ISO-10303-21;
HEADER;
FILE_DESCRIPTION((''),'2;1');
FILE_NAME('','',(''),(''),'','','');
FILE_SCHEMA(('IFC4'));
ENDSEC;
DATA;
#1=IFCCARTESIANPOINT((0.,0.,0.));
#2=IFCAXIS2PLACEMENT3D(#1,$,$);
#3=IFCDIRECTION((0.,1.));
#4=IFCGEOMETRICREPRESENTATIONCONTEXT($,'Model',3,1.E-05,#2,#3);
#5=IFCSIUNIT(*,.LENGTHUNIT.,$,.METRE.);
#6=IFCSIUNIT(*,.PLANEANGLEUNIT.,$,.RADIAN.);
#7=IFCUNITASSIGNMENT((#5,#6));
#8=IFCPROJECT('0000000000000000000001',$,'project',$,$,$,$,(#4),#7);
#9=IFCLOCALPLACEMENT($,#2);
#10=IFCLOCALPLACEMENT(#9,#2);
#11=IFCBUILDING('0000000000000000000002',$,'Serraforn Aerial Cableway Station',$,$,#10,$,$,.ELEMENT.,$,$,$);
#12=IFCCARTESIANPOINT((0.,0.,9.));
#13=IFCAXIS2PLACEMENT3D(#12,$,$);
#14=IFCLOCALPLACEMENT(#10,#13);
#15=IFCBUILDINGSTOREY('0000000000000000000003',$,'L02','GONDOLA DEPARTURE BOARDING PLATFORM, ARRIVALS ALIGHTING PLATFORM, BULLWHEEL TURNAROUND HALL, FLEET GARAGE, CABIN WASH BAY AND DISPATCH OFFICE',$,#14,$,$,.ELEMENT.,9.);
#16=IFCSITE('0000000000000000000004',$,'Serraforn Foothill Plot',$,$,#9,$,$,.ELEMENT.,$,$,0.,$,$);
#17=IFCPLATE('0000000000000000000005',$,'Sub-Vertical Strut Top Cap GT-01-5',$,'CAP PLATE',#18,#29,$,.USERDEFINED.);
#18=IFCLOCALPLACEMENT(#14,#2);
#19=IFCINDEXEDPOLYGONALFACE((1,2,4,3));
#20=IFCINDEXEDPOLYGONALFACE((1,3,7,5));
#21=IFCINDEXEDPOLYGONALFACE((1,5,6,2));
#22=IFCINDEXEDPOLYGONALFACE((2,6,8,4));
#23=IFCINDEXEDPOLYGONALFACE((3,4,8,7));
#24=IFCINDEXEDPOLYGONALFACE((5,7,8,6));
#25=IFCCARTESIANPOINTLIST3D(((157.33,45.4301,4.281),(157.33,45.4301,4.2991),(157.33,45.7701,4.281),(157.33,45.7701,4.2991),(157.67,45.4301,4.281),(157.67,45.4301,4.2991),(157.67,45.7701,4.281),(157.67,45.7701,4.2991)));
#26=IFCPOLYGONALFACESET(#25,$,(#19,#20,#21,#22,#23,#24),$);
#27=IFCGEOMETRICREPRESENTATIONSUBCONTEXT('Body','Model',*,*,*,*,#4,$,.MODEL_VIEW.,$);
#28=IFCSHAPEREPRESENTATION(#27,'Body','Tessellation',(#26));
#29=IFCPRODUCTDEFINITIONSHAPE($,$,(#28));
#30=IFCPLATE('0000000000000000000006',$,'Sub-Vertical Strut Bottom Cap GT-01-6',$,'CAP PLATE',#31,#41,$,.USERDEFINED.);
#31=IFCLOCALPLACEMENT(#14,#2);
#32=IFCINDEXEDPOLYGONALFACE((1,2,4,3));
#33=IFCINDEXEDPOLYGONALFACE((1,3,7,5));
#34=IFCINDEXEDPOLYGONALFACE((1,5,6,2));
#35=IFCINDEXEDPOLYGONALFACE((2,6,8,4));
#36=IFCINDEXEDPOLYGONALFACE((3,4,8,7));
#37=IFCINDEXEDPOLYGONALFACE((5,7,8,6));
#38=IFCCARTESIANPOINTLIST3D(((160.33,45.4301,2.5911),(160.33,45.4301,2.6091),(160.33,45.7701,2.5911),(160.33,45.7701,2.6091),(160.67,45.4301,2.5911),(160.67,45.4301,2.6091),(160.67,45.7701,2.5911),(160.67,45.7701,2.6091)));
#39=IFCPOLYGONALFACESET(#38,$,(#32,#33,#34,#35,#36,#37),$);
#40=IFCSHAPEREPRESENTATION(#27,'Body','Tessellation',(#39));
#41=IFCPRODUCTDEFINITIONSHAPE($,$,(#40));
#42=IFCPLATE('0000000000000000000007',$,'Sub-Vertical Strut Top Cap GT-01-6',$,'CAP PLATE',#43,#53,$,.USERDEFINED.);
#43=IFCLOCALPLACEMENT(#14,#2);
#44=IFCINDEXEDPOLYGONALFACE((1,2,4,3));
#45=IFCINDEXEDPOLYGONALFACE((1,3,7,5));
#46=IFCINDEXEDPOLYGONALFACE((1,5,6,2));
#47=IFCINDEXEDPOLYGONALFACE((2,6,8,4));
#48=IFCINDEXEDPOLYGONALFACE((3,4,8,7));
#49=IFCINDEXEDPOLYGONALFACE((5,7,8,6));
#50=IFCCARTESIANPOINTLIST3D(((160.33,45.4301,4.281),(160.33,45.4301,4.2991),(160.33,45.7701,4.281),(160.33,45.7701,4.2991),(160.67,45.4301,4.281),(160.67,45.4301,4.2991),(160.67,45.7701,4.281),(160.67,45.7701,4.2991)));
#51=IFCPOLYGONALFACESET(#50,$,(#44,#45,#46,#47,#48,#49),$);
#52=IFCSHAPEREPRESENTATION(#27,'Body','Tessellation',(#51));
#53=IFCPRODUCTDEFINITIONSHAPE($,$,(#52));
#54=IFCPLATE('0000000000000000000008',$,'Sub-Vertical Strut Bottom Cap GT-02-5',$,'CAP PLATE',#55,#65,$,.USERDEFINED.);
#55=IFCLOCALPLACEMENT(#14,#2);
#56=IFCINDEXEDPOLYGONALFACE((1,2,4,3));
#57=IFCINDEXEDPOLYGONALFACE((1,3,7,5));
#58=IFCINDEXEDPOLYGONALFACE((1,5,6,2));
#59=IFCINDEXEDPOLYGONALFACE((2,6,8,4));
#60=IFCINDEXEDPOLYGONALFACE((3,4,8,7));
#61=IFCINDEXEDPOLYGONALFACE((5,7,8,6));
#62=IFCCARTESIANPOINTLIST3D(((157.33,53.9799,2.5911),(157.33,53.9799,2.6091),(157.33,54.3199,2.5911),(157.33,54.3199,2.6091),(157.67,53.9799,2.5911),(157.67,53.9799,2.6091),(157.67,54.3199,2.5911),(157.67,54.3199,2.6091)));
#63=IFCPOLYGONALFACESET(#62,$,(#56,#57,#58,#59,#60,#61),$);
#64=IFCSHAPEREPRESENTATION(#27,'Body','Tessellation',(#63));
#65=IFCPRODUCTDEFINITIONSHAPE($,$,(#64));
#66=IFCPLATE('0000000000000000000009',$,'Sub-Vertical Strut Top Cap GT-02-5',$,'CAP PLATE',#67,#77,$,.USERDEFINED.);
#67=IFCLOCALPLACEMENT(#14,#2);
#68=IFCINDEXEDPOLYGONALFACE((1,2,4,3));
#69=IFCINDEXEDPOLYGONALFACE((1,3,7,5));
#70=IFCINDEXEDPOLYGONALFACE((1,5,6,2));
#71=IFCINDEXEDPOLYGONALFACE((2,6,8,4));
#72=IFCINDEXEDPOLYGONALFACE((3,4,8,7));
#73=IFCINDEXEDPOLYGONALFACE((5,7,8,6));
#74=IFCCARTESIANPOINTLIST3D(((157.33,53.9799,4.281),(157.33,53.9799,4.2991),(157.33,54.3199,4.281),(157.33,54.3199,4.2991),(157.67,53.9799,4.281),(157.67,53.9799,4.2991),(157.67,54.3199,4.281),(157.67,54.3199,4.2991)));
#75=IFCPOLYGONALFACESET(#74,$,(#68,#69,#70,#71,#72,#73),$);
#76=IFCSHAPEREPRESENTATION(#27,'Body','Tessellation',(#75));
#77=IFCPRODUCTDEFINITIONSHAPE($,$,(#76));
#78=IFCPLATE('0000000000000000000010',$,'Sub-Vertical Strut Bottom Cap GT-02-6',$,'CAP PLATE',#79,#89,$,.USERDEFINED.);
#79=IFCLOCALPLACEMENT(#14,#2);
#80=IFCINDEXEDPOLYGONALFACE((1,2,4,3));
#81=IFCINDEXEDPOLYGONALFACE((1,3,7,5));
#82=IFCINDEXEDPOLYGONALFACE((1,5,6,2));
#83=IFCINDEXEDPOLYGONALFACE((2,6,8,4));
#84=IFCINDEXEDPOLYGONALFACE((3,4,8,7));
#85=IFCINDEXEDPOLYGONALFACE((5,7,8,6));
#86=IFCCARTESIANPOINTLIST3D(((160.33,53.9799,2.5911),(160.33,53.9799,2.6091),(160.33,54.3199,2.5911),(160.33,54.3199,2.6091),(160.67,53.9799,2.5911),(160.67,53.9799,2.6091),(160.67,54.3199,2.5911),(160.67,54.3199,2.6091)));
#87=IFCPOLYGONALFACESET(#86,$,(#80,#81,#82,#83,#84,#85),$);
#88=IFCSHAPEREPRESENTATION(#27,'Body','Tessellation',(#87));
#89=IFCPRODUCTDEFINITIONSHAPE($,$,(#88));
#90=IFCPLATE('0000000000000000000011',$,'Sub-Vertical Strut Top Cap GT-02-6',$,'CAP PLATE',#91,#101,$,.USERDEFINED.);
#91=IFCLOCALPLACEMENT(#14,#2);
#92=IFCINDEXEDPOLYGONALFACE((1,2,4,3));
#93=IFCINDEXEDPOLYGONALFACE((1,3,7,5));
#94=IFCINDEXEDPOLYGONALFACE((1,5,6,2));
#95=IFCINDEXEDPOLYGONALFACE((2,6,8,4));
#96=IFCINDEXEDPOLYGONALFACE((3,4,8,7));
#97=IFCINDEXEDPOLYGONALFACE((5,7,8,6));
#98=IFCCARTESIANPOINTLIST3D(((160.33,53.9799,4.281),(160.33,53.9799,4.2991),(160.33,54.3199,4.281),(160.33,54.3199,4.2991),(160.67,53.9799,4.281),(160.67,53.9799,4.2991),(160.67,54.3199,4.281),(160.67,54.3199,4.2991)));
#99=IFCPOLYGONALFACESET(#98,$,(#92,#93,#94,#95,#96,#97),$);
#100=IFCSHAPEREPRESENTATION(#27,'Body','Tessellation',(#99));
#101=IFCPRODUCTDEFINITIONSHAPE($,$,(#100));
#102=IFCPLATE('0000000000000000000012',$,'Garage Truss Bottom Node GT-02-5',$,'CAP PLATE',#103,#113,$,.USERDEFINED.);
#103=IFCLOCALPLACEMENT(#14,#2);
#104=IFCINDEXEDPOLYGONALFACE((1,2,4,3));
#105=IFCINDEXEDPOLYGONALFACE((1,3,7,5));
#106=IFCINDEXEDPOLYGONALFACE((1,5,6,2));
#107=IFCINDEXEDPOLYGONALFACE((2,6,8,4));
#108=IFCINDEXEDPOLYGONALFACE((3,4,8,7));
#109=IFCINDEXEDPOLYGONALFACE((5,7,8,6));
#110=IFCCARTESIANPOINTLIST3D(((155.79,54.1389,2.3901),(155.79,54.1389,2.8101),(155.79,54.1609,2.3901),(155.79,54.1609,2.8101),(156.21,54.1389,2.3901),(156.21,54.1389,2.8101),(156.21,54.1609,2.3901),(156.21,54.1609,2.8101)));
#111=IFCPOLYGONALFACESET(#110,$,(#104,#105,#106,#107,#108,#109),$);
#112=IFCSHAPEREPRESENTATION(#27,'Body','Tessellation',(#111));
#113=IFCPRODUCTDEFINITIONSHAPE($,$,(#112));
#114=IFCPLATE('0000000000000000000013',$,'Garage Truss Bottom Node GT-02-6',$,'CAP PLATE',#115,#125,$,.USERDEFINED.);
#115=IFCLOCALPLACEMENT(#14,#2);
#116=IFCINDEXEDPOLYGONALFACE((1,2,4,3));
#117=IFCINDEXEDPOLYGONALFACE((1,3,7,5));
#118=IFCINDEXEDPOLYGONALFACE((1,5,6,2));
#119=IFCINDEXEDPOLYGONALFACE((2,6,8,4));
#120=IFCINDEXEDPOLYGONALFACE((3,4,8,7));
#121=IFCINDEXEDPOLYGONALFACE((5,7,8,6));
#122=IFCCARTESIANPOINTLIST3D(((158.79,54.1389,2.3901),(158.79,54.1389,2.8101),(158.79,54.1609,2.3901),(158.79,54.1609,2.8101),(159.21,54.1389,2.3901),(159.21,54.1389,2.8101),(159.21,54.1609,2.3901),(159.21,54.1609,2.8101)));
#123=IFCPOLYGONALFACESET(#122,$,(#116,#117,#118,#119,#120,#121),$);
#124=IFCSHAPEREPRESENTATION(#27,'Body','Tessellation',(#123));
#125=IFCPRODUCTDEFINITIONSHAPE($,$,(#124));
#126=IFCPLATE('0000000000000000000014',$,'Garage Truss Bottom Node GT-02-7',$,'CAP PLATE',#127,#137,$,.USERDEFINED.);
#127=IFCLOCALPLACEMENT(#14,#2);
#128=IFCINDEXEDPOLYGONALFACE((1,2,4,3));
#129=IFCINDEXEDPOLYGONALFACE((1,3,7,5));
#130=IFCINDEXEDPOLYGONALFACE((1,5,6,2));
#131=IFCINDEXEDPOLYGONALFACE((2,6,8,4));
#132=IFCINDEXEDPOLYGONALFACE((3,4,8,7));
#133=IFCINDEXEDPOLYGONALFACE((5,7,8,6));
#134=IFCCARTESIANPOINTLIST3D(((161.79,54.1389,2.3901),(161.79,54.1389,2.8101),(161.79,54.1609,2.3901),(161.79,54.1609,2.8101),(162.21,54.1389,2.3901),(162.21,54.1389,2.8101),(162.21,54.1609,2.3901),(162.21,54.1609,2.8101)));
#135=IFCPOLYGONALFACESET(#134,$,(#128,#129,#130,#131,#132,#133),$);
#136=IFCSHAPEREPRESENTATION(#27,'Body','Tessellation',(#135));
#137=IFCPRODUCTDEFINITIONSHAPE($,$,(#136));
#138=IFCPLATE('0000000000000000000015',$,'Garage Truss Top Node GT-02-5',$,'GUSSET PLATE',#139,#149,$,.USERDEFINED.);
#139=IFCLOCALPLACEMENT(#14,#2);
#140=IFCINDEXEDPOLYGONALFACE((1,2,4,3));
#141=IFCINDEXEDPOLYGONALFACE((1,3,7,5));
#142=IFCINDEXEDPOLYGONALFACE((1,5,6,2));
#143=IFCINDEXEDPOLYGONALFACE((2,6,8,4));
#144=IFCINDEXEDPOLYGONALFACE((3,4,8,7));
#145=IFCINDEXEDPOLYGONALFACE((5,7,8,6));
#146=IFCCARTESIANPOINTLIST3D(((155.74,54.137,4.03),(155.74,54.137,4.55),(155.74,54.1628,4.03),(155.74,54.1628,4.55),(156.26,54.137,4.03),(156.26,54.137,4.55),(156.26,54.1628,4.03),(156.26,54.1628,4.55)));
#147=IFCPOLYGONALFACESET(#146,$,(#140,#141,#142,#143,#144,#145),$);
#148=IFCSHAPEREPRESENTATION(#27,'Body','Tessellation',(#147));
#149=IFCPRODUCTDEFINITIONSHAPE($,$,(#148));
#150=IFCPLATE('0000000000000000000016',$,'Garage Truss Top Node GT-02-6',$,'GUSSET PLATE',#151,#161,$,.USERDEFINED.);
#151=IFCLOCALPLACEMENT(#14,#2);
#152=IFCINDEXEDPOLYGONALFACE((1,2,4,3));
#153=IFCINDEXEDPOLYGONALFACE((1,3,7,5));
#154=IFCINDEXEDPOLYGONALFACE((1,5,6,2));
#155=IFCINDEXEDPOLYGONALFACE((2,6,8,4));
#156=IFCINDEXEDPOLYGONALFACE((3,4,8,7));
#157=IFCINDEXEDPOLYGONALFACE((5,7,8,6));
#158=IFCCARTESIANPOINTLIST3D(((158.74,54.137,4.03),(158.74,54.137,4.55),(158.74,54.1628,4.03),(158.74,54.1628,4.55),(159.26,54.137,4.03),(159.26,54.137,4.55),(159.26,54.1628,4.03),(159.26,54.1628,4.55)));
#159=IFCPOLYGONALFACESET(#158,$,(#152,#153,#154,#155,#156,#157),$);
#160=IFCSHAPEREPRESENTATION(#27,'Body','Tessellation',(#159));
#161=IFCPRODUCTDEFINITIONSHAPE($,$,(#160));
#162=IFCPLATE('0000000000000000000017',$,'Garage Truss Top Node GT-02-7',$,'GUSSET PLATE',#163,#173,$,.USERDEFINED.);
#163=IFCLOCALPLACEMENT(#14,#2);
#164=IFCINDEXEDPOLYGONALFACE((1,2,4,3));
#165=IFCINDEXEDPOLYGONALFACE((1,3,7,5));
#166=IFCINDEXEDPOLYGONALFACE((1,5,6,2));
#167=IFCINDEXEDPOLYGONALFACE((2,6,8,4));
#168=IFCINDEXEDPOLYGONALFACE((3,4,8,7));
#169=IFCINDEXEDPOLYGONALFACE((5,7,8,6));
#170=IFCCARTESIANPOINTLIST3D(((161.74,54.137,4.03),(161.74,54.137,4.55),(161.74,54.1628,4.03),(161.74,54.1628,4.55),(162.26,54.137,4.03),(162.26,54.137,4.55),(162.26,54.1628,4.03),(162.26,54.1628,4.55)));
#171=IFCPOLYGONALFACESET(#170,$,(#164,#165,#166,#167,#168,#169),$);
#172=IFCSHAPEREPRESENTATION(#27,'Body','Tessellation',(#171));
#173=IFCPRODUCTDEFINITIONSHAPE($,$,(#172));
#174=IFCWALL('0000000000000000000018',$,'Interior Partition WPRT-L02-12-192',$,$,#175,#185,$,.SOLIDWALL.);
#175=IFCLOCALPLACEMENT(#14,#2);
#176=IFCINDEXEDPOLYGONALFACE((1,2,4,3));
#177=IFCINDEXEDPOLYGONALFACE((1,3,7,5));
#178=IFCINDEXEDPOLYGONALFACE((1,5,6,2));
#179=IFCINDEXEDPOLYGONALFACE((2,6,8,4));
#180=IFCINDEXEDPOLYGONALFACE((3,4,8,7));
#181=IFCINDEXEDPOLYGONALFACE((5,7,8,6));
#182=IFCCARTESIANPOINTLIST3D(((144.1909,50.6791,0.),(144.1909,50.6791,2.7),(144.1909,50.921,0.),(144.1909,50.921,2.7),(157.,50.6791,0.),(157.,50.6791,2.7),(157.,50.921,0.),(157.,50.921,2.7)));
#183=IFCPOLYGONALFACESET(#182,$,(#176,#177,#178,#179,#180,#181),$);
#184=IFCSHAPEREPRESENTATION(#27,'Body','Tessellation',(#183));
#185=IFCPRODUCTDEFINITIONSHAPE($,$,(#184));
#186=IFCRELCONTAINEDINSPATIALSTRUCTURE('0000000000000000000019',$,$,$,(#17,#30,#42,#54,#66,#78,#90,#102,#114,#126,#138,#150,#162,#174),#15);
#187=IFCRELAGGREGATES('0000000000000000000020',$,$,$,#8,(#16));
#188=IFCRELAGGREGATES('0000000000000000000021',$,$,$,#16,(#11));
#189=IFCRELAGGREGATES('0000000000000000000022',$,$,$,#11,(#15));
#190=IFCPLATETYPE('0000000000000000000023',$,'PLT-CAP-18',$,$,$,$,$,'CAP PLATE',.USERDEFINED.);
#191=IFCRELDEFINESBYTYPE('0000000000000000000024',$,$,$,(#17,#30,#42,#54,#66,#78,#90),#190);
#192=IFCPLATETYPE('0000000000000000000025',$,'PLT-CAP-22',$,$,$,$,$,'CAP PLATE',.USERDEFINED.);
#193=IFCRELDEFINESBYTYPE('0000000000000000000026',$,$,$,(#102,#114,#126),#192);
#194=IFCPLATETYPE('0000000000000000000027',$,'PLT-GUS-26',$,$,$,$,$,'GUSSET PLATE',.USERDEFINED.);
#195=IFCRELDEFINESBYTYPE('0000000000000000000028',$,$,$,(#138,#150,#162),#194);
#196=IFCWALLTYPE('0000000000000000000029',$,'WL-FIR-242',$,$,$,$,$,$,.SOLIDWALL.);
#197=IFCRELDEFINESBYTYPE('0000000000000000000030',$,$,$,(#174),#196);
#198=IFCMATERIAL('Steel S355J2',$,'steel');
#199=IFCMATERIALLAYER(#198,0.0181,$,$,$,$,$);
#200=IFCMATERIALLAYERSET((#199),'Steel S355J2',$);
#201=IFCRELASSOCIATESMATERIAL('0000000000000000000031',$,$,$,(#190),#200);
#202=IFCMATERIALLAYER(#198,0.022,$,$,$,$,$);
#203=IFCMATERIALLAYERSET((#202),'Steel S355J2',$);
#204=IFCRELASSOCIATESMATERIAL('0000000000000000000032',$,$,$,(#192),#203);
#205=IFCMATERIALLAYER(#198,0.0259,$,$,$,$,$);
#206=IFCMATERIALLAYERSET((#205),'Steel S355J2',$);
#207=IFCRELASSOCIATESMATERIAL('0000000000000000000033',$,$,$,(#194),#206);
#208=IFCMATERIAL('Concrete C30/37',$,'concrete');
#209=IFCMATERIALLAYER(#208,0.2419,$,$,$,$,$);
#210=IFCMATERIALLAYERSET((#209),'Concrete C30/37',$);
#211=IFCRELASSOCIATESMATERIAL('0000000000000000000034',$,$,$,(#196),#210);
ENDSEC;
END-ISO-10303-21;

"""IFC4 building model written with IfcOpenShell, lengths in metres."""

from ifc_helpers import new_model, si_unit, direction, frame, frame_2d, origin, origin_2d, place, context, subcontext, project, spatial, rectangle, extrude, material, layer, layer_set, type_object, element, save


model = new_model("IFC4")

# Units and contexts
model_context = context("Model", 3, precision=1e-05, world=origin(), true_north=direction((0.0, 1.0)))
body_context = subcontext(model_context, "Body", "Model", "MODEL_VIEW")
ifc_project = project(units=[si_unit("LENGTHUNIT", "METRE"), si_unit("PLANEANGLEUNIT", "RADIAN")], contexts=[model_context])

# Site, building, storey
site_placement = place(None, origin())
site = spatial("IfcSite", under=ifc_project, at=site_placement, Name="Serraforn Foothill Plot", CompositionType="ELEMENT", RefElevation=0.0)
building_placement = place(site_placement, origin())
building = spatial("IfcBuilding", under=site, at=building_placement, Name="Serraforn Aerial Cableway Station", CompositionType="ELEMENT")
storey_placement = place(building_placement, frame((0.0, 0.0, 9.0)))
storey = spatial("IfcBuildingStorey", under=building, at=storey_placement, Name="L02", Description="GONDOLA DEPARTURE BOARDING PLATFORM, ARRIVALS ALIGHTING PLATFORM, BULLWHEEL TURNAROUND HALL, FLEET GARAGE, CABIN WASH BAY AND DISPATCH OFFICE", CompositionType="ELEMENT", Elevation=9.0)

# Shared definitions
ifc_material_1 = material(Name="Steel S355J2", Category="steel")

# Plates
ifc_layer_1 = layer(ifc_material_1, 0.0181)
ifc_layer_set_1 = layer_set([ifc_layer_1], Name="Steel S355J2")
plate_type_1 = type_object("IfcPlateType", Name="PLT-CAP-18", ElementType="CAP PLATE", PredefinedType="USERDEFINED", material=ifc_layer_set_1)
for number, where, z_axis, x_axis, name in (
    (1, (157.5, 45.6001, 4.281), (0.0, 0.0, 1.0), (1.0, 0.0, 0.0), "Sub-Vertical Strut Top Cap GT-01-5"),
    (2, (160.5, 45.6001, 2.5911), (0.0, 0.0, 1.0), (1.0, 0.0, 0.0), "Sub-Vertical Strut Bottom Cap GT-01-6"),
    (3, (160.5, 45.6001, 4.281), (0.0, 0.0, 1.0), (1.0, 0.0, 0.0), "Sub-Vertical Strut Top Cap GT-01-6"),
    (4, (157.5, 54.1499, 2.5911), (0.0, 0.0, 1.0), (1.0, 0.0, 0.0), "Sub-Vertical Strut Bottom Cap GT-02-5"),
    (5, (157.5, 54.1499, 4.281), (0.0, 0.0, 1.0), (1.0, 0.0, 0.0), "Sub-Vertical Strut Top Cap GT-02-5"),
    (6, (160.5, 54.1499, 2.5911), (0.0, 0.0, 1.0), (1.0, 0.0, 0.0), "Sub-Vertical Strut Bottom Cap GT-02-6"),
    (7, (160.5, 54.1499, 4.281), (0.0, 0.0, 1.0), (1.0, 0.0, 0.0), "Sub-Vertical Strut Top Cap GT-02-6"),
):
    element("IfcPlate", number, at=place(storey_placement, frame(where, z_axis=z_axis, x_axis=x_axis)), inside=storey, type_object=plate_type_1, Name=name, ObjectType="CAP PLATE", PredefinedType="USERDEFINED", context=body_context, shape_type="SweptSolid", body=[
        extrude(rectangle(XDim=0.3401, YDim=0.3401, at=origin_2d()), origin(), (0.0, 0.0, 1.0), 0.0181),
    ])
ifc_layer_2 = layer(ifc_material_1, 0.022)
ifc_layer_set_2 = layer_set([ifc_layer_2], Name="Steel S355J2")
plate_type_2 = type_object("IfcPlateType", Name="PLT-CAP-22", ElementType="CAP PLATE", PredefinedType="USERDEFINED", material=ifc_layer_set_2)
for number, where, z_axis, x_axis, name in (
    (8, (156.0, 54.1499, 2.3901), (0.0, 0.0, 1.0), (1.0, 0.0, 0.0), "Garage Truss Bottom Node GT-02-5"),
    (9, (159.0, 54.1499, 2.3901), (0.0, 0.0, 1.0), (1.0, 0.0, 0.0), "Garage Truss Bottom Node GT-02-6"),
    (10, (162.0, 54.1499, 2.3901), (0.0, 0.0, 1.0), (1.0, 0.0, 0.0), "Garage Truss Bottom Node GT-02-7"),
):
    element("IfcPlate", number, at=place(storey_placement, frame(where, z_axis=z_axis, x_axis=x_axis)), inside=storey, type_object=plate_type_2, Name=name, ObjectType="CAP PLATE", PredefinedType="USERDEFINED", context=body_context, shape_type="SweptSolid", body=[
        extrude(rectangle(XDim=0.4199, YDim=0.022, at=origin_2d()), origin(), (0.0, 0.0, 1.0), 0.4199),
    ])
ifc_layer_3 = layer(ifc_material_1, 0.0259)
ifc_layer_set_3 = layer_set([ifc_layer_3], Name="Steel S355J2")
plate_type_3 = type_object("IfcPlateType", Name="PLT-GUS-26", ElementType="GUSSET PLATE", PredefinedType="USERDEFINED", material=ifc_layer_set_3)
for number, where, z_axis, x_axis, name in (
    (11, (156.0, 54.1499, 4.03), (0.0, 0.0, 1.0), (1.0, 0.0, 0.0), "Garage Truss Top Node GT-02-5"),
    (12, (159.0, 54.1499, 4.03), (0.0, 0.0, 1.0), (1.0, 0.0, 0.0), "Garage Truss Top Node GT-02-6"),
    (13, (162.0, 54.1499, 4.03), (0.0, 0.0, 1.0), (1.0, 0.0, 0.0), "Garage Truss Top Node GT-02-7"),
):
    element("IfcPlate", number, at=place(storey_placement, frame(where, z_axis=z_axis, x_axis=x_axis)), inside=storey, type_object=plate_type_3, Name=name, ObjectType="GUSSET PLATE", PredefinedType="USERDEFINED", context=body_context, shape_type="SweptSolid", body=[
        extrude(rectangle(XDim=0.52, YDim=0.0259, at=origin_2d()), origin(), (0.0, 0.0, 1.0), 0.52),
    ])

# Wall
ifc_material_2 = material(Name="Concrete C30/37", Category="concrete")
ifc_layer_4 = layer(ifc_material_2, 0.2419)
ifc_layer_set_4 = layer_set([ifc_layer_4], Name="Concrete C30/37")
wall_type = type_object("IfcWallType", Name="WL-FIR-242", PredefinedType="SOLIDWALL", material=ifc_layer_set_4)
wall_placement = place(storey_placement, frame((157.0, 50.8, 0.0), z_axis=(0.0, 0.0, 1.0), x_axis=(-1.0, 0.0, 0.0)))
element("IfcWall", 14, at=wall_placement, inside=storey, type_object=wall_type, Name="Interior Partition WPRT-L02-12-192", PredefinedType="SOLIDWALL", context=body_context, shape_type="SweptSolid", body=[
    extrude(rectangle(XDim=12.8091, YDim=0.2419, at=frame_2d((6.4045, 0.0))), origin(), (0.0, 0.0, 1.0), 2.7),
])

save(model, "model.ifc")
